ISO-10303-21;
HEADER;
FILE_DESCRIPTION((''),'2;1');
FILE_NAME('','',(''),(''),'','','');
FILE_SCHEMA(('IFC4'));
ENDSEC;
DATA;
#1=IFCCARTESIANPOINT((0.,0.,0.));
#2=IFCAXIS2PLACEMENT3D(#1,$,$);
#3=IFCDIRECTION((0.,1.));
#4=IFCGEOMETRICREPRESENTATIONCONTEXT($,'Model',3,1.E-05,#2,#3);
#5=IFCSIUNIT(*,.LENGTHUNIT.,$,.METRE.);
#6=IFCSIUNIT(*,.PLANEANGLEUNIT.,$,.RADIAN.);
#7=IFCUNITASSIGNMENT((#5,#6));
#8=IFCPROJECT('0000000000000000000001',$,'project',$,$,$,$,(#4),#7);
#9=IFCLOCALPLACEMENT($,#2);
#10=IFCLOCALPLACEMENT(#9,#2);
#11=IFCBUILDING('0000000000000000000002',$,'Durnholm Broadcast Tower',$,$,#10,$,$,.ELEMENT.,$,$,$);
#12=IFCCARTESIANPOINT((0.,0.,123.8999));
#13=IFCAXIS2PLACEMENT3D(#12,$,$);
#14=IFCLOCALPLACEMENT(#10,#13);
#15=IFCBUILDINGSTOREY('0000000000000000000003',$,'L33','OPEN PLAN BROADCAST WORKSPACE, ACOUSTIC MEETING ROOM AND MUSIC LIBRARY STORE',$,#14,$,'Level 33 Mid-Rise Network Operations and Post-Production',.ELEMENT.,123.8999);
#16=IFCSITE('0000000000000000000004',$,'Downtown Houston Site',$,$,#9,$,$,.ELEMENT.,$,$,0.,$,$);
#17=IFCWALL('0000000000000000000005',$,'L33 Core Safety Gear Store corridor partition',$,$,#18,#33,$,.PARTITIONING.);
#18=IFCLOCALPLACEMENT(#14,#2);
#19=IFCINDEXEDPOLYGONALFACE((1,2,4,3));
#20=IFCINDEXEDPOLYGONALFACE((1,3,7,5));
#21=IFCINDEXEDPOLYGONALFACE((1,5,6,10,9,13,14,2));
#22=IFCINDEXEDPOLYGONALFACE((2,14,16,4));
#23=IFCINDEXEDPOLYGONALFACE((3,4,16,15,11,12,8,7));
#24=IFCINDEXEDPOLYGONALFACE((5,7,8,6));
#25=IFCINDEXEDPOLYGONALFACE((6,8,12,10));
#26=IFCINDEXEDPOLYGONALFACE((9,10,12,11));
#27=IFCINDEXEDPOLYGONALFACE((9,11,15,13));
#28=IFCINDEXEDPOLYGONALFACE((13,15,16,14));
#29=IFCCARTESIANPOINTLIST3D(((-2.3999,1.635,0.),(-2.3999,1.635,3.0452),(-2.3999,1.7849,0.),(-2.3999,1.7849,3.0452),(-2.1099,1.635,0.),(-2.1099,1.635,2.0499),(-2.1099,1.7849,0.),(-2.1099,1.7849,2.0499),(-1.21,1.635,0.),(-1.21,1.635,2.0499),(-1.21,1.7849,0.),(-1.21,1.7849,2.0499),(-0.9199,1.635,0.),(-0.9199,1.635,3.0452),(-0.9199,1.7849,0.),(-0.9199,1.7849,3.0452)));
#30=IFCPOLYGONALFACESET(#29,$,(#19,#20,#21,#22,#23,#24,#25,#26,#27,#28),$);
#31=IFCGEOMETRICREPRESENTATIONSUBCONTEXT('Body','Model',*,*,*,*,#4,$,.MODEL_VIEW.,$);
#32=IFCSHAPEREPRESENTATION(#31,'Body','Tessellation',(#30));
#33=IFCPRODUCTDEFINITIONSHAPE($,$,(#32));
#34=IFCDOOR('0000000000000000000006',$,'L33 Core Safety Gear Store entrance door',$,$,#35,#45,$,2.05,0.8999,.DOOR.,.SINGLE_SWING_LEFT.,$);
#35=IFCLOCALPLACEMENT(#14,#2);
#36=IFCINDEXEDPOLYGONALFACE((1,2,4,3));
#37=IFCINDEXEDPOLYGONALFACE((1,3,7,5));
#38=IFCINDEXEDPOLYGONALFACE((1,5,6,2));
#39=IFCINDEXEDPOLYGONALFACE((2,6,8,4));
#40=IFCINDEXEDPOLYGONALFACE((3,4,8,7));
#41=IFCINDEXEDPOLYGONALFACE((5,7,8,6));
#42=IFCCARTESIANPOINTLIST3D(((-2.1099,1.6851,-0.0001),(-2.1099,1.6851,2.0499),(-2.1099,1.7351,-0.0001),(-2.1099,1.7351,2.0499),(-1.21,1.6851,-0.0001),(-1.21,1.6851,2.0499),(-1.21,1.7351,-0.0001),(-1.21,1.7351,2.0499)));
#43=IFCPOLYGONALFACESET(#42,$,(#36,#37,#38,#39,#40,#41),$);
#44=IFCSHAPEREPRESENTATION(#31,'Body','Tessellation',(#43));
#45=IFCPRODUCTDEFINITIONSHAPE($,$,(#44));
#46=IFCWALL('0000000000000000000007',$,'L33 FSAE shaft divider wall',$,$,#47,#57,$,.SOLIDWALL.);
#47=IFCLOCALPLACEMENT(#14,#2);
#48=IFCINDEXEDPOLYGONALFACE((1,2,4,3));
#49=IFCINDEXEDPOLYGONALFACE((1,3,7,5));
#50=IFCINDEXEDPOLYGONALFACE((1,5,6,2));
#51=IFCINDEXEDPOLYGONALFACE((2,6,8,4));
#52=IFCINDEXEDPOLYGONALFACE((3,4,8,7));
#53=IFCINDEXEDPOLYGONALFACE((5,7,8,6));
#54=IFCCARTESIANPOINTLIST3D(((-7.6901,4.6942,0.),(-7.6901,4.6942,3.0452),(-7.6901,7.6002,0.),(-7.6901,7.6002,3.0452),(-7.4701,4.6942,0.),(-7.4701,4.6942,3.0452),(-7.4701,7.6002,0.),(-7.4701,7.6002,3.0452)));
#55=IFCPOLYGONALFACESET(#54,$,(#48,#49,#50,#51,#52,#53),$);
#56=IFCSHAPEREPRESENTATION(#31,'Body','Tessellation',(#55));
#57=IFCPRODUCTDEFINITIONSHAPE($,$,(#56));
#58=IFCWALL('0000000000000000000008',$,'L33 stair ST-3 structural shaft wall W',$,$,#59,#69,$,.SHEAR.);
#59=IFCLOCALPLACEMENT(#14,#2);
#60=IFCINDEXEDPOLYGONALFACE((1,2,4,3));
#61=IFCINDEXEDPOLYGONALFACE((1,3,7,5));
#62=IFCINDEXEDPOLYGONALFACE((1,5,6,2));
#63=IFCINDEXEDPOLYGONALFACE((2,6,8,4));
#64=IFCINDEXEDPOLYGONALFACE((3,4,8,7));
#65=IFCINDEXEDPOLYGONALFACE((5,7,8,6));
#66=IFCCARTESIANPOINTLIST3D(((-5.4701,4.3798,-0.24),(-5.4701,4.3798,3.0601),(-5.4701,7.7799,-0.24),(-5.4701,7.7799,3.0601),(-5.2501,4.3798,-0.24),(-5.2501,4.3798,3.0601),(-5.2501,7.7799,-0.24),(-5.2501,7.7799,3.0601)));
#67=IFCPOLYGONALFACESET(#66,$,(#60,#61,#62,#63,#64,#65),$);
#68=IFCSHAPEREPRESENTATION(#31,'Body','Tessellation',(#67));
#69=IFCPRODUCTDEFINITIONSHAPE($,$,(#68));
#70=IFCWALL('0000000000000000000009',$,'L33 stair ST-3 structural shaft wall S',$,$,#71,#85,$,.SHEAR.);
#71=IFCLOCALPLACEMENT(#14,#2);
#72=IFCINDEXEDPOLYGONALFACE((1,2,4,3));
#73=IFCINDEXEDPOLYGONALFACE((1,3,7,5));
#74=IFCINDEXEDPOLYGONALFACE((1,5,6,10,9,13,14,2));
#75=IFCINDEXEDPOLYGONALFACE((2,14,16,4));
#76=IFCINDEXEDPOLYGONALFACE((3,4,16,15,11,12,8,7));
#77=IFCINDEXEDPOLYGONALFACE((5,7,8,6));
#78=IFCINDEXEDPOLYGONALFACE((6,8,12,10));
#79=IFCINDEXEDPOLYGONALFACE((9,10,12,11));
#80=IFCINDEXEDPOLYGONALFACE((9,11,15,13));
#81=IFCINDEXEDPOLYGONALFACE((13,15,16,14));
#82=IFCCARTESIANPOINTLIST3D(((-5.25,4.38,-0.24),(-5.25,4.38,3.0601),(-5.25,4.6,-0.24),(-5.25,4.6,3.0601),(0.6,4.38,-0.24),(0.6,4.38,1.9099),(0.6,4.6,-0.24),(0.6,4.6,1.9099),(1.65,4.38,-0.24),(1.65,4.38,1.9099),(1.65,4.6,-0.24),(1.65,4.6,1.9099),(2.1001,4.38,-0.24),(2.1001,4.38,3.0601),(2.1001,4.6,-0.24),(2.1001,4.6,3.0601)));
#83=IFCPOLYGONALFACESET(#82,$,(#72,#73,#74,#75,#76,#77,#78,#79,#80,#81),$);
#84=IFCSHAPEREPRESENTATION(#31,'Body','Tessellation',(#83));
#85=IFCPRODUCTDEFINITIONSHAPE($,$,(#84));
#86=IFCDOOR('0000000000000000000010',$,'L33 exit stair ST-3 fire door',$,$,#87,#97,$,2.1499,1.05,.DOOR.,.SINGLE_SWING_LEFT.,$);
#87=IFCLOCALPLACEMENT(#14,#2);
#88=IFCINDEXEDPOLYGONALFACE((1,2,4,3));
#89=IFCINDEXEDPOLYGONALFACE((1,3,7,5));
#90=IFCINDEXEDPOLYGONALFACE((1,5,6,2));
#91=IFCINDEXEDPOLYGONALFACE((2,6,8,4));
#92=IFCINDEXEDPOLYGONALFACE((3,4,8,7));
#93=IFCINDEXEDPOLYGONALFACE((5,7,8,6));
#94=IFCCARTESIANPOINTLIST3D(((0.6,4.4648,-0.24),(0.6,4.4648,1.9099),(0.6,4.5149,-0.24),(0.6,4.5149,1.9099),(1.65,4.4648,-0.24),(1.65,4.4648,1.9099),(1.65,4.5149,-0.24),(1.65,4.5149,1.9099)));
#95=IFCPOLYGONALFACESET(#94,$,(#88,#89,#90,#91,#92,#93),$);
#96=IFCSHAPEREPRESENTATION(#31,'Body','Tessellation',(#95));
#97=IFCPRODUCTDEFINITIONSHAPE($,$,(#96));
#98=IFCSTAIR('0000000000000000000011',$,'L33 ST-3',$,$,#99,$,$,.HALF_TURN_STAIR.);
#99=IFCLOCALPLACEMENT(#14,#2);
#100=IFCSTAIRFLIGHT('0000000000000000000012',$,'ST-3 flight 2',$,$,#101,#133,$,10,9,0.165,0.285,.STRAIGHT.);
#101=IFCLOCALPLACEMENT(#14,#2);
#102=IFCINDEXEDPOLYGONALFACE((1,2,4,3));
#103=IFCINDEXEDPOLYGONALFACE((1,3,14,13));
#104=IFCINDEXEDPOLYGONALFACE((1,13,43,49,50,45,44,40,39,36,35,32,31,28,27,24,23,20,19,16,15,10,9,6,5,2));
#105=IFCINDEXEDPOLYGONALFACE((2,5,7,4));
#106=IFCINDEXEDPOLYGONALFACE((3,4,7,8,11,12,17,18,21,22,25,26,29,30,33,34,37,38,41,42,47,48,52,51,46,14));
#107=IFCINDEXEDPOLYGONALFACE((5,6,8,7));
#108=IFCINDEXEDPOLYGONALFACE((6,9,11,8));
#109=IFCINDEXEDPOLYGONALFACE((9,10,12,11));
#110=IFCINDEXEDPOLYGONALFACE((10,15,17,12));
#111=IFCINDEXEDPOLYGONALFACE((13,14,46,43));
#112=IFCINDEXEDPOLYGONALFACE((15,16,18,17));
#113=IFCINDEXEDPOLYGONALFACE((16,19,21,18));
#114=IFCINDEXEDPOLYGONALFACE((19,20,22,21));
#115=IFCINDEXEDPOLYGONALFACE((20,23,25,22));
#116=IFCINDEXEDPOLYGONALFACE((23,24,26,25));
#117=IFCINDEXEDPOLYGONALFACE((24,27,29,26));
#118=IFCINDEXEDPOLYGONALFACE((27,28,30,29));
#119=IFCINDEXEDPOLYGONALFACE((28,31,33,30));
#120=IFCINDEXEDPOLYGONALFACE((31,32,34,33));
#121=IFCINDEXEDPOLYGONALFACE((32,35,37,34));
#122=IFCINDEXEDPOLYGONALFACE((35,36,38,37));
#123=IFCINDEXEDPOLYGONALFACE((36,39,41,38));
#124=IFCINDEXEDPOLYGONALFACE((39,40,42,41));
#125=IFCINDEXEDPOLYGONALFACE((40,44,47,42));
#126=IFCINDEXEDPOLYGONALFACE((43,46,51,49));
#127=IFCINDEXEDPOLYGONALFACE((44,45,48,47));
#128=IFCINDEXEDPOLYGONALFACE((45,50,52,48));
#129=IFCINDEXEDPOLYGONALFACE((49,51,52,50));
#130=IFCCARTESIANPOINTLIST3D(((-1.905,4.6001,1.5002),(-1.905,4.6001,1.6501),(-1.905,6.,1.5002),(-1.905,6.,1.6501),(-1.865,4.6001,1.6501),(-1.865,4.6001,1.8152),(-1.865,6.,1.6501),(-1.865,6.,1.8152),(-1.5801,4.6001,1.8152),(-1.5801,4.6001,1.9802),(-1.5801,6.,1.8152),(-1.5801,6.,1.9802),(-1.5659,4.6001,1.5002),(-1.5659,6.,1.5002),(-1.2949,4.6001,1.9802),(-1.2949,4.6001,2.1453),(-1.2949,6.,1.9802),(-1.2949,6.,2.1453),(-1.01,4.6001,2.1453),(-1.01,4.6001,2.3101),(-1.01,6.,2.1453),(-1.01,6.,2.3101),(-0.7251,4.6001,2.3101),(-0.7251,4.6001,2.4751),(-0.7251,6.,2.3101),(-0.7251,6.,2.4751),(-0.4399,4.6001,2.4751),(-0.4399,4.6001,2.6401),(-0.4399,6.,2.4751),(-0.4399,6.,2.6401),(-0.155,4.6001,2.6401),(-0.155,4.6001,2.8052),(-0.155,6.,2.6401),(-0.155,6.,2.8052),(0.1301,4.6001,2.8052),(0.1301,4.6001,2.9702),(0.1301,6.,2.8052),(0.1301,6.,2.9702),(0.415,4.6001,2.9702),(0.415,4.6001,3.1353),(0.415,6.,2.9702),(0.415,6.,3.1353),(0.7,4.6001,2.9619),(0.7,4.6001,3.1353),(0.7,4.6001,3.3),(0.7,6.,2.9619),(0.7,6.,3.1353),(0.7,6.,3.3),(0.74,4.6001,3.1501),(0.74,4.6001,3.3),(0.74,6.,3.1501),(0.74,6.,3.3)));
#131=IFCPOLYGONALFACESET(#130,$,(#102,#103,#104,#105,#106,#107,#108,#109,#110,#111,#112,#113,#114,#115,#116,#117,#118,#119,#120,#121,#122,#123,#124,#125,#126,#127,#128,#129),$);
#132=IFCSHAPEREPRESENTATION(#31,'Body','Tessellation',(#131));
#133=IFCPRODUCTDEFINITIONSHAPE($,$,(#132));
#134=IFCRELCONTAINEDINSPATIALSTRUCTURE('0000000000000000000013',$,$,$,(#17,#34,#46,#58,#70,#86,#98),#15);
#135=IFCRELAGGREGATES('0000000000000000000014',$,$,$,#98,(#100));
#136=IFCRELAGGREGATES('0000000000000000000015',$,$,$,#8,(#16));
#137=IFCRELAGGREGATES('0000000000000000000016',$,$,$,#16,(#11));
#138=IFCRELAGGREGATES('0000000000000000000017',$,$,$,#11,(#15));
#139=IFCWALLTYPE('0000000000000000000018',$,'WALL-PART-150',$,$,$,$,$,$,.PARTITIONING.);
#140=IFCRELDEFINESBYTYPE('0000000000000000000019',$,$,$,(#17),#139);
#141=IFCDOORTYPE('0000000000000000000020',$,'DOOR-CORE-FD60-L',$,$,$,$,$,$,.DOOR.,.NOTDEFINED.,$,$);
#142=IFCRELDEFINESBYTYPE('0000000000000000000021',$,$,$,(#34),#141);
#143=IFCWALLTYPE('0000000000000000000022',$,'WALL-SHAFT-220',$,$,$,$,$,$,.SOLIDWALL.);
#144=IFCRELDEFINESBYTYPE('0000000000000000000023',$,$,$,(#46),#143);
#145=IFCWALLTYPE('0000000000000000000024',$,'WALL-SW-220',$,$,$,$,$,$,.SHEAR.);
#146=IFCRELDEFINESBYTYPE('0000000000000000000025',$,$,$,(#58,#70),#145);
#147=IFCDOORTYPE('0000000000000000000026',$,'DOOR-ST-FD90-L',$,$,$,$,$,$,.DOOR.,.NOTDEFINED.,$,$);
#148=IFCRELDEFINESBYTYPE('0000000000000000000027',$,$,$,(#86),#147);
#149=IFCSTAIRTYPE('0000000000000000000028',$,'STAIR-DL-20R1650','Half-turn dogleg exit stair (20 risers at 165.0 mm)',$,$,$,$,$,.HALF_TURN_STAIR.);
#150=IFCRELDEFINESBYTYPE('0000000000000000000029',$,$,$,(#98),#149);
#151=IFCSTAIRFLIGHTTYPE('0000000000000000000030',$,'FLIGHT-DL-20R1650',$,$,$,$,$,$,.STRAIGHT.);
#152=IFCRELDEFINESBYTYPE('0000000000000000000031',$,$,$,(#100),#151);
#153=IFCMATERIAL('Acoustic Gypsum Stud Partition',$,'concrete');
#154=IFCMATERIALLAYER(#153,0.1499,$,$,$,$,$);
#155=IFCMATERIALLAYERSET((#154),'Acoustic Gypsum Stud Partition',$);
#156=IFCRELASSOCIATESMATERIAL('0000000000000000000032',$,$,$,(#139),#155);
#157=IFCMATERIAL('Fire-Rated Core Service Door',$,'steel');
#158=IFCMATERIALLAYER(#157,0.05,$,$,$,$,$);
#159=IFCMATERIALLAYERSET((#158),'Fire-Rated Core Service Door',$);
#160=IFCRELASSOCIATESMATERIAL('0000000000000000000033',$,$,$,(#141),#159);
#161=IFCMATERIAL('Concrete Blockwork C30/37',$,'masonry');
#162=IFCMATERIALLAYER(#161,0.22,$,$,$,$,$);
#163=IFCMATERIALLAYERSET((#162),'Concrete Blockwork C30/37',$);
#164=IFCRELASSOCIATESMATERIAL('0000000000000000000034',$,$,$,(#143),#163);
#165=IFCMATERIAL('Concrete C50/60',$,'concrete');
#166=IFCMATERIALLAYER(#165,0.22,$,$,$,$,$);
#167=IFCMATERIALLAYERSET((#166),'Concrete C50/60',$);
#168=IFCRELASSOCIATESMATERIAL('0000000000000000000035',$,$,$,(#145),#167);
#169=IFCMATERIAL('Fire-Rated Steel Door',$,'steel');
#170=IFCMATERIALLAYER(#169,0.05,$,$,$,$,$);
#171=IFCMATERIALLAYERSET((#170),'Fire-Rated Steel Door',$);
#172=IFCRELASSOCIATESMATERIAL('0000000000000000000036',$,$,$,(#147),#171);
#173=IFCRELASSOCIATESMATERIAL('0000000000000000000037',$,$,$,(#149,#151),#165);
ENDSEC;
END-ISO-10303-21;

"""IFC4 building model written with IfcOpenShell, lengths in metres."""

from ifc_helpers import new_model, si_unit, direction, frame, frame_2d, origin, place, context, subcontext, project, spatial, polyline, rectangle, outline, extrude, source, transform, mapped, material, layer, layer_set, type_object, type_shapes, element, fill, aggregate, save


model = new_model("IFC4")

# Units and contexts
model_context = context("Model", 3, precision=1e-05, world=origin(), true_north=direction((0.0, 1.0)))
body_context = subcontext(model_context, "Body", "Model", "MODEL_VIEW")
ifc_project = project(units=[si_unit("LENGTHUNIT", "METRE"), si_unit("PLANEANGLEUNIT", "RADIAN")], contexts=[model_context])

# Site, building, storey
site_placement = place(None, origin())
site = spatial("IfcSite", under=ifc_project, at=site_placement, Name="Downtown Houston Site", CompositionType="ELEMENT", RefElevation=0.0)
building_placement = place(site_placement, origin())
building = spatial("IfcBuilding", under=site, at=building_placement, Name="Durnholm Broadcast Tower", CompositionType="ELEMENT")
storey_placement = place(building_placement, frame((0.0, 0.0, 123.8999)))
storey = spatial("IfcBuildingStorey", under=building, at=storey_placement, Name="L33", Description="OPEN PLAN BROADCAST WORKSPACE, ACOUSTIC MEETING ROOM AND MUSIC LIBRARY STORE", LongName="Level 33 Mid-Rise Network Operations and Post-Production", CompositionType="ELEMENT", Elevation=123.8999)

# Wall, opening, door
ifc_material_1 = material(Name="Acoustic Gypsum Stud Partition", Category="concrete")
ifc_layer_1 = layer(ifc_material_1, 0.1499)
ifc_layer_set_1 = layer_set([ifc_layer_1], Name="Acoustic Gypsum Stud Partition")
wall_type_1 = type_object("IfcWallType", Name="WALL-PART-150", PredefinedType="PARTITIONING", material=ifc_layer_set_1)
ifc_material_2 = material(Name="Fire-Rated Core Service Door", Category="steel")
ifc_layer_2 = layer(ifc_material_2, 0.05)
ifc_layer_set_2 = layer_set([ifc_layer_2], Name="Fire-Rated Core Service Door")
door_type_1 = type_object("IfcDoorType", Name="DOOR-CORE-FD60-L", OperationType="NOTDEFINED", PredefinedType="DOOR", material=ifc_layer_set_2)
shared_shape_1 = source(origin(), body_context, "Body", "SweptSolid", [
    extrude(rectangle(XDim=0.8999, YDim=2.05, at=frame_2d((0.45, 1.0249))), frame((0.0, 0.0249, 0.0), z_axis=(0.0, -1.0, 0.0), x_axis=(1.0, 0.0, 0.0)), (0.0, 0.0, 1.0), 0.05),
])
type_shapes(door_type_1, [shared_shape_1])
wall_1_placement = place(storey_placement, frame((-0.9199, 1.71, 0.0), z_axis=(0.0, 0.0, 1.0), x_axis=(-1.0, 0.0, 0.0)))
wall_1 = element("IfcWall", 1, at=wall_1_placement, inside=storey, type_object=wall_type_1, Name="L33 Core Safety Gear Store corridor partition", PredefinedType="PARTITIONING", context=body_context, shape_type="SweptSolid", body=[
    extrude(rectangle(XDim=1.48, YDim=0.1499, at=frame_2d((0.74, 0.0))), origin(), (0.0, 0.0, 1.0), 3.0452),
])
opening_1_placement = place(wall_1_placement, frame((0.29, 0.0, 0.0)))
opening_1 = element("IfcOpeningElement", 2, at=opening_1_placement, cuts=wall_1, PredefinedType="OPENING", context=body_context, shape_type="SweptSolid", body=[
    extrude(rectangle(XDim=0.8999, YDim=2.05, at=frame_2d((0.45, 1.0249))), frame((0.0, 0.085, 0.0), z_axis=(0.0, -1.0, 0.0), x_axis=(1.0, 0.0, 0.0)), (0.0, 0.0, 1.0), 0.1699),
])
door_1_placement = place(opening_1_placement, origin())
door_1 = element("IfcDoor", 3, at=door_1_placement, inside=storey, type_object=door_type_1, Name="L33 Core Safety Gear Store entrance door", OperationType="SINGLE_SWING_LEFT", OverallHeight=2.05, OverallWidth=0.8999, PredefinedType="DOOR", context=body_context, shape_type="MappedRepresentation", body=[
    mapped(shared_shape_1, transform((0.0, 0.0, 0.0), x_axis=(1.0, 0.0, 0.0), y_axis=(0.0, 1.0, 0.0), z_axis=(0.0, 0.0, 1.0), scale=1.0)),
])
fill(opening_1, door_1)

# Shared definitions
ifc_material_3 = material(Name="Concrete Blockwork C30/37", Category="masonry")
ifc_layer_3 = layer(ifc_material_3, 0.22)
ifc_layer_set_3 = layer_set([ifc_layer_3], Name="Concrete Blockwork C30/37")
wall_type_2 = type_object("IfcWallType", Name="WALL-SHAFT-220", PredefinedType="SOLIDWALL", material=ifc_layer_set_3)

# Walls
wall_2_placement = place(storey_placement, frame((-7.5801, 4.6941, 0.0), z_axis=(0.0, 0.0, 1.0), x_axis=(0.0, 1.0, 0.0)))
element("IfcWall", 4, at=wall_2_placement, inside=storey, type_object=wall_type_2, Name="L33 FSAE shaft divider wall", PredefinedType="SOLIDWALL", context=body_context, shape_type="SweptSolid", body=[
    extrude(rectangle(XDim=2.906, YDim=0.22, at=frame_2d((1.4531, 0.0))), origin(), (0.0, 0.0, 1.0), 3.0452),
])
ifc_material_4 = material(Name="Concrete C50/60", Category="concrete")
ifc_layer_4 = layer(ifc_material_4, 0.22)
ifc_layer_set_4 = layer_set([ifc_layer_4], Name="Concrete C50/60")
wall_type_3 = type_object("IfcWallType", Name="WALL-SW-220", PredefinedType="SHEAR", material=ifc_layer_set_4)
wall_3_placement = place(storey_placement, frame((-5.3601, 7.78, -0.24), z_axis=(0.0, 0.0, 1.0), x_axis=(0.0, -1.0, 0.0)))
element("IfcWall", 5, at=wall_3_placement, inside=storey, type_object=wall_type_3, Name="L33 stair ST-3 structural shaft wall W", PredefinedType="SHEAR", context=body_context, shape_type="SweptSolid", body=[
    extrude(rectangle(XDim=3.4001, YDim=0.22, at=frame_2d((1.7002, 0.0))), origin(), (0.0, 0.0, 1.0), 3.3),
])

# Wall, opening, door
wall_4_placement = place(storey_placement, frame((-5.25, 4.49, -0.24), z_axis=(0.0, 0.0, 1.0), x_axis=(1.0, 0.0, 0.0)))
wall_4 = element("IfcWall", 6, at=wall_4_placement, inside=storey, type_object=wall_type_3, Name="L33 stair ST-3 structural shaft wall S", PredefinedType="SHEAR", context=body_context, shape_type="SweptSolid", body=[
    extrude(rectangle(XDim=7.3501, YDim=0.22, at=frame_2d((3.675, 0.0))), origin(), (0.0, 0.0, 1.0), 3.3),
])
opening_2_placement = place(wall_4_placement, frame((5.8501, 0.0, 0.0)))
opening_2 = element("IfcOpeningElement", 7, at=opening_2_placement, cuts=wall_4, PredefinedType="OPENING", context=body_context, shape_type="SweptSolid", body=[
    extrude(rectangle(XDim=1.05, YDim=2.1499, at=frame_2d((0.5249, 1.075))), frame((0.0, 0.1201, 0.0), z_axis=(0.0, -1.0, 0.0), x_axis=(1.0, 0.0, 0.0)), (0.0, 0.0, 1.0), 0.24),
])
ifc_material_5 = material(Name="Fire-Rated Steel Door", Category="steel")
ifc_layer_5 = layer(ifc_material_5, 0.05)
ifc_layer_set_5 = layer_set([ifc_layer_5], Name="Fire-Rated Steel Door")
door_type_2 = type_object("IfcDoorType", Name="DOOR-ST-FD90-L", OperationType="NOTDEFINED", PredefinedType="DOOR", material=ifc_layer_set_5)
shared_shape_2 = source(origin(), body_context, "Body", "SweptSolid", [
    extrude(rectangle(XDim=1.05, YDim=2.1499, at=frame_2d((0.5249, 1.075))), frame((0.0, 0.0249, 0.0), z_axis=(0.0, -1.0, 0.0), x_axis=(1.0, 0.0, 0.0)), (0.0, 0.0, 1.0), 0.05),
])
type_shapes(door_type_2, [shared_shape_2])
door_2_placement = place(opening_2_placement, origin())
door_2 = element("IfcDoor", 8, at=door_2_placement, inside=storey, type_object=door_type_2, Name="L33 exit stair ST-3 fire door", OperationType="SINGLE_SWING_LEFT", OverallHeight=2.1499, OverallWidth=1.05, PredefinedType="DOOR", context=body_context, shape_type="MappedRepresentation", body=[
    mapped(shared_shape_2, transform((0.0, 0.0, 0.0), x_axis=(1.0, 0.0, 0.0), y_axis=(0.0, 1.0, 0.0), z_axis=(0.0, 0.0, 1.0), scale=1.0)),
])
fill(opening_2, door_2)

# Stair, stair flight
stair_type = type_object("IfcStairType", Name="STAIR-DL-20R1650", Description="Half-turn dogleg exit stair (20 risers at 165.0 mm)", PredefinedType="HALF_TURN_STAIR", material=ifc_material_4)
stair_placement = place(storey_placement, origin())
stair = element("IfcStair", 9, at=stair_placement, inside=storey, type_object=stair_type, Name="L33 ST-3", PredefinedType="HALF_TURN_STAIR")
stair_flight_type = type_object("IfcStairFlightType", Name="FLIGHT-DL-20R1650", PredefinedType="STRAIGHT", material=ifc_material_4)
stair_flight_placement = place(storey_placement, frame((-1.865, 5.3, 1.6501), z_axis=(0.0, 0.0, 1.0), x_axis=(1.0, 0.0, 0.0)))
stair_flight = element("IfcStairFlight", 10, at=stair_flight_placement, type_object=stair_flight_type, Name="ST-3 flight 2", NumberOfRisers=10, NumberOfTreads=9, PredefinedType="STRAIGHT", RiserHeight=0.165, TreadLength=0.285, context=body_context, shape_type="SweptSolid", body=[
    extrude(outline(polyline([(-0.04, -0.1499), (-0.04, 0.0), (0.0, 0.0), (0.0, 0.165), (0.2849, 0.165), (0.2849, 0.3301), (0.5701, 0.3301), (0.5701, 0.4951), (0.855, 0.4951), (0.855, 0.6599), (1.1399, 0.6599), (1.1399, 0.825), (1.425, 0.825), (1.425, 0.99), (1.71, 0.99), (1.71, 1.155), (1.9951, 1.155), (1.9951, 1.3201), (2.28, 1.3201), (2.28, 1.4851), (2.5649, 1.4851), (2.5649, 1.6499), (2.605, 1.6499), (2.605, 1.5), (2.5649, 1.3118), (0.2991, -0.1499), (-0.04, -0.1499)])), frame((0.0, 0.7, 0.0), z_axis=(0.0, -1.0, 0.0), x_axis=(1.0, 0.0, 0.0)), (0.0, 0.0, 1.0), 1.3999),
])
aggregate(stair, [stair_flight])

save(model, "model.ifc")
